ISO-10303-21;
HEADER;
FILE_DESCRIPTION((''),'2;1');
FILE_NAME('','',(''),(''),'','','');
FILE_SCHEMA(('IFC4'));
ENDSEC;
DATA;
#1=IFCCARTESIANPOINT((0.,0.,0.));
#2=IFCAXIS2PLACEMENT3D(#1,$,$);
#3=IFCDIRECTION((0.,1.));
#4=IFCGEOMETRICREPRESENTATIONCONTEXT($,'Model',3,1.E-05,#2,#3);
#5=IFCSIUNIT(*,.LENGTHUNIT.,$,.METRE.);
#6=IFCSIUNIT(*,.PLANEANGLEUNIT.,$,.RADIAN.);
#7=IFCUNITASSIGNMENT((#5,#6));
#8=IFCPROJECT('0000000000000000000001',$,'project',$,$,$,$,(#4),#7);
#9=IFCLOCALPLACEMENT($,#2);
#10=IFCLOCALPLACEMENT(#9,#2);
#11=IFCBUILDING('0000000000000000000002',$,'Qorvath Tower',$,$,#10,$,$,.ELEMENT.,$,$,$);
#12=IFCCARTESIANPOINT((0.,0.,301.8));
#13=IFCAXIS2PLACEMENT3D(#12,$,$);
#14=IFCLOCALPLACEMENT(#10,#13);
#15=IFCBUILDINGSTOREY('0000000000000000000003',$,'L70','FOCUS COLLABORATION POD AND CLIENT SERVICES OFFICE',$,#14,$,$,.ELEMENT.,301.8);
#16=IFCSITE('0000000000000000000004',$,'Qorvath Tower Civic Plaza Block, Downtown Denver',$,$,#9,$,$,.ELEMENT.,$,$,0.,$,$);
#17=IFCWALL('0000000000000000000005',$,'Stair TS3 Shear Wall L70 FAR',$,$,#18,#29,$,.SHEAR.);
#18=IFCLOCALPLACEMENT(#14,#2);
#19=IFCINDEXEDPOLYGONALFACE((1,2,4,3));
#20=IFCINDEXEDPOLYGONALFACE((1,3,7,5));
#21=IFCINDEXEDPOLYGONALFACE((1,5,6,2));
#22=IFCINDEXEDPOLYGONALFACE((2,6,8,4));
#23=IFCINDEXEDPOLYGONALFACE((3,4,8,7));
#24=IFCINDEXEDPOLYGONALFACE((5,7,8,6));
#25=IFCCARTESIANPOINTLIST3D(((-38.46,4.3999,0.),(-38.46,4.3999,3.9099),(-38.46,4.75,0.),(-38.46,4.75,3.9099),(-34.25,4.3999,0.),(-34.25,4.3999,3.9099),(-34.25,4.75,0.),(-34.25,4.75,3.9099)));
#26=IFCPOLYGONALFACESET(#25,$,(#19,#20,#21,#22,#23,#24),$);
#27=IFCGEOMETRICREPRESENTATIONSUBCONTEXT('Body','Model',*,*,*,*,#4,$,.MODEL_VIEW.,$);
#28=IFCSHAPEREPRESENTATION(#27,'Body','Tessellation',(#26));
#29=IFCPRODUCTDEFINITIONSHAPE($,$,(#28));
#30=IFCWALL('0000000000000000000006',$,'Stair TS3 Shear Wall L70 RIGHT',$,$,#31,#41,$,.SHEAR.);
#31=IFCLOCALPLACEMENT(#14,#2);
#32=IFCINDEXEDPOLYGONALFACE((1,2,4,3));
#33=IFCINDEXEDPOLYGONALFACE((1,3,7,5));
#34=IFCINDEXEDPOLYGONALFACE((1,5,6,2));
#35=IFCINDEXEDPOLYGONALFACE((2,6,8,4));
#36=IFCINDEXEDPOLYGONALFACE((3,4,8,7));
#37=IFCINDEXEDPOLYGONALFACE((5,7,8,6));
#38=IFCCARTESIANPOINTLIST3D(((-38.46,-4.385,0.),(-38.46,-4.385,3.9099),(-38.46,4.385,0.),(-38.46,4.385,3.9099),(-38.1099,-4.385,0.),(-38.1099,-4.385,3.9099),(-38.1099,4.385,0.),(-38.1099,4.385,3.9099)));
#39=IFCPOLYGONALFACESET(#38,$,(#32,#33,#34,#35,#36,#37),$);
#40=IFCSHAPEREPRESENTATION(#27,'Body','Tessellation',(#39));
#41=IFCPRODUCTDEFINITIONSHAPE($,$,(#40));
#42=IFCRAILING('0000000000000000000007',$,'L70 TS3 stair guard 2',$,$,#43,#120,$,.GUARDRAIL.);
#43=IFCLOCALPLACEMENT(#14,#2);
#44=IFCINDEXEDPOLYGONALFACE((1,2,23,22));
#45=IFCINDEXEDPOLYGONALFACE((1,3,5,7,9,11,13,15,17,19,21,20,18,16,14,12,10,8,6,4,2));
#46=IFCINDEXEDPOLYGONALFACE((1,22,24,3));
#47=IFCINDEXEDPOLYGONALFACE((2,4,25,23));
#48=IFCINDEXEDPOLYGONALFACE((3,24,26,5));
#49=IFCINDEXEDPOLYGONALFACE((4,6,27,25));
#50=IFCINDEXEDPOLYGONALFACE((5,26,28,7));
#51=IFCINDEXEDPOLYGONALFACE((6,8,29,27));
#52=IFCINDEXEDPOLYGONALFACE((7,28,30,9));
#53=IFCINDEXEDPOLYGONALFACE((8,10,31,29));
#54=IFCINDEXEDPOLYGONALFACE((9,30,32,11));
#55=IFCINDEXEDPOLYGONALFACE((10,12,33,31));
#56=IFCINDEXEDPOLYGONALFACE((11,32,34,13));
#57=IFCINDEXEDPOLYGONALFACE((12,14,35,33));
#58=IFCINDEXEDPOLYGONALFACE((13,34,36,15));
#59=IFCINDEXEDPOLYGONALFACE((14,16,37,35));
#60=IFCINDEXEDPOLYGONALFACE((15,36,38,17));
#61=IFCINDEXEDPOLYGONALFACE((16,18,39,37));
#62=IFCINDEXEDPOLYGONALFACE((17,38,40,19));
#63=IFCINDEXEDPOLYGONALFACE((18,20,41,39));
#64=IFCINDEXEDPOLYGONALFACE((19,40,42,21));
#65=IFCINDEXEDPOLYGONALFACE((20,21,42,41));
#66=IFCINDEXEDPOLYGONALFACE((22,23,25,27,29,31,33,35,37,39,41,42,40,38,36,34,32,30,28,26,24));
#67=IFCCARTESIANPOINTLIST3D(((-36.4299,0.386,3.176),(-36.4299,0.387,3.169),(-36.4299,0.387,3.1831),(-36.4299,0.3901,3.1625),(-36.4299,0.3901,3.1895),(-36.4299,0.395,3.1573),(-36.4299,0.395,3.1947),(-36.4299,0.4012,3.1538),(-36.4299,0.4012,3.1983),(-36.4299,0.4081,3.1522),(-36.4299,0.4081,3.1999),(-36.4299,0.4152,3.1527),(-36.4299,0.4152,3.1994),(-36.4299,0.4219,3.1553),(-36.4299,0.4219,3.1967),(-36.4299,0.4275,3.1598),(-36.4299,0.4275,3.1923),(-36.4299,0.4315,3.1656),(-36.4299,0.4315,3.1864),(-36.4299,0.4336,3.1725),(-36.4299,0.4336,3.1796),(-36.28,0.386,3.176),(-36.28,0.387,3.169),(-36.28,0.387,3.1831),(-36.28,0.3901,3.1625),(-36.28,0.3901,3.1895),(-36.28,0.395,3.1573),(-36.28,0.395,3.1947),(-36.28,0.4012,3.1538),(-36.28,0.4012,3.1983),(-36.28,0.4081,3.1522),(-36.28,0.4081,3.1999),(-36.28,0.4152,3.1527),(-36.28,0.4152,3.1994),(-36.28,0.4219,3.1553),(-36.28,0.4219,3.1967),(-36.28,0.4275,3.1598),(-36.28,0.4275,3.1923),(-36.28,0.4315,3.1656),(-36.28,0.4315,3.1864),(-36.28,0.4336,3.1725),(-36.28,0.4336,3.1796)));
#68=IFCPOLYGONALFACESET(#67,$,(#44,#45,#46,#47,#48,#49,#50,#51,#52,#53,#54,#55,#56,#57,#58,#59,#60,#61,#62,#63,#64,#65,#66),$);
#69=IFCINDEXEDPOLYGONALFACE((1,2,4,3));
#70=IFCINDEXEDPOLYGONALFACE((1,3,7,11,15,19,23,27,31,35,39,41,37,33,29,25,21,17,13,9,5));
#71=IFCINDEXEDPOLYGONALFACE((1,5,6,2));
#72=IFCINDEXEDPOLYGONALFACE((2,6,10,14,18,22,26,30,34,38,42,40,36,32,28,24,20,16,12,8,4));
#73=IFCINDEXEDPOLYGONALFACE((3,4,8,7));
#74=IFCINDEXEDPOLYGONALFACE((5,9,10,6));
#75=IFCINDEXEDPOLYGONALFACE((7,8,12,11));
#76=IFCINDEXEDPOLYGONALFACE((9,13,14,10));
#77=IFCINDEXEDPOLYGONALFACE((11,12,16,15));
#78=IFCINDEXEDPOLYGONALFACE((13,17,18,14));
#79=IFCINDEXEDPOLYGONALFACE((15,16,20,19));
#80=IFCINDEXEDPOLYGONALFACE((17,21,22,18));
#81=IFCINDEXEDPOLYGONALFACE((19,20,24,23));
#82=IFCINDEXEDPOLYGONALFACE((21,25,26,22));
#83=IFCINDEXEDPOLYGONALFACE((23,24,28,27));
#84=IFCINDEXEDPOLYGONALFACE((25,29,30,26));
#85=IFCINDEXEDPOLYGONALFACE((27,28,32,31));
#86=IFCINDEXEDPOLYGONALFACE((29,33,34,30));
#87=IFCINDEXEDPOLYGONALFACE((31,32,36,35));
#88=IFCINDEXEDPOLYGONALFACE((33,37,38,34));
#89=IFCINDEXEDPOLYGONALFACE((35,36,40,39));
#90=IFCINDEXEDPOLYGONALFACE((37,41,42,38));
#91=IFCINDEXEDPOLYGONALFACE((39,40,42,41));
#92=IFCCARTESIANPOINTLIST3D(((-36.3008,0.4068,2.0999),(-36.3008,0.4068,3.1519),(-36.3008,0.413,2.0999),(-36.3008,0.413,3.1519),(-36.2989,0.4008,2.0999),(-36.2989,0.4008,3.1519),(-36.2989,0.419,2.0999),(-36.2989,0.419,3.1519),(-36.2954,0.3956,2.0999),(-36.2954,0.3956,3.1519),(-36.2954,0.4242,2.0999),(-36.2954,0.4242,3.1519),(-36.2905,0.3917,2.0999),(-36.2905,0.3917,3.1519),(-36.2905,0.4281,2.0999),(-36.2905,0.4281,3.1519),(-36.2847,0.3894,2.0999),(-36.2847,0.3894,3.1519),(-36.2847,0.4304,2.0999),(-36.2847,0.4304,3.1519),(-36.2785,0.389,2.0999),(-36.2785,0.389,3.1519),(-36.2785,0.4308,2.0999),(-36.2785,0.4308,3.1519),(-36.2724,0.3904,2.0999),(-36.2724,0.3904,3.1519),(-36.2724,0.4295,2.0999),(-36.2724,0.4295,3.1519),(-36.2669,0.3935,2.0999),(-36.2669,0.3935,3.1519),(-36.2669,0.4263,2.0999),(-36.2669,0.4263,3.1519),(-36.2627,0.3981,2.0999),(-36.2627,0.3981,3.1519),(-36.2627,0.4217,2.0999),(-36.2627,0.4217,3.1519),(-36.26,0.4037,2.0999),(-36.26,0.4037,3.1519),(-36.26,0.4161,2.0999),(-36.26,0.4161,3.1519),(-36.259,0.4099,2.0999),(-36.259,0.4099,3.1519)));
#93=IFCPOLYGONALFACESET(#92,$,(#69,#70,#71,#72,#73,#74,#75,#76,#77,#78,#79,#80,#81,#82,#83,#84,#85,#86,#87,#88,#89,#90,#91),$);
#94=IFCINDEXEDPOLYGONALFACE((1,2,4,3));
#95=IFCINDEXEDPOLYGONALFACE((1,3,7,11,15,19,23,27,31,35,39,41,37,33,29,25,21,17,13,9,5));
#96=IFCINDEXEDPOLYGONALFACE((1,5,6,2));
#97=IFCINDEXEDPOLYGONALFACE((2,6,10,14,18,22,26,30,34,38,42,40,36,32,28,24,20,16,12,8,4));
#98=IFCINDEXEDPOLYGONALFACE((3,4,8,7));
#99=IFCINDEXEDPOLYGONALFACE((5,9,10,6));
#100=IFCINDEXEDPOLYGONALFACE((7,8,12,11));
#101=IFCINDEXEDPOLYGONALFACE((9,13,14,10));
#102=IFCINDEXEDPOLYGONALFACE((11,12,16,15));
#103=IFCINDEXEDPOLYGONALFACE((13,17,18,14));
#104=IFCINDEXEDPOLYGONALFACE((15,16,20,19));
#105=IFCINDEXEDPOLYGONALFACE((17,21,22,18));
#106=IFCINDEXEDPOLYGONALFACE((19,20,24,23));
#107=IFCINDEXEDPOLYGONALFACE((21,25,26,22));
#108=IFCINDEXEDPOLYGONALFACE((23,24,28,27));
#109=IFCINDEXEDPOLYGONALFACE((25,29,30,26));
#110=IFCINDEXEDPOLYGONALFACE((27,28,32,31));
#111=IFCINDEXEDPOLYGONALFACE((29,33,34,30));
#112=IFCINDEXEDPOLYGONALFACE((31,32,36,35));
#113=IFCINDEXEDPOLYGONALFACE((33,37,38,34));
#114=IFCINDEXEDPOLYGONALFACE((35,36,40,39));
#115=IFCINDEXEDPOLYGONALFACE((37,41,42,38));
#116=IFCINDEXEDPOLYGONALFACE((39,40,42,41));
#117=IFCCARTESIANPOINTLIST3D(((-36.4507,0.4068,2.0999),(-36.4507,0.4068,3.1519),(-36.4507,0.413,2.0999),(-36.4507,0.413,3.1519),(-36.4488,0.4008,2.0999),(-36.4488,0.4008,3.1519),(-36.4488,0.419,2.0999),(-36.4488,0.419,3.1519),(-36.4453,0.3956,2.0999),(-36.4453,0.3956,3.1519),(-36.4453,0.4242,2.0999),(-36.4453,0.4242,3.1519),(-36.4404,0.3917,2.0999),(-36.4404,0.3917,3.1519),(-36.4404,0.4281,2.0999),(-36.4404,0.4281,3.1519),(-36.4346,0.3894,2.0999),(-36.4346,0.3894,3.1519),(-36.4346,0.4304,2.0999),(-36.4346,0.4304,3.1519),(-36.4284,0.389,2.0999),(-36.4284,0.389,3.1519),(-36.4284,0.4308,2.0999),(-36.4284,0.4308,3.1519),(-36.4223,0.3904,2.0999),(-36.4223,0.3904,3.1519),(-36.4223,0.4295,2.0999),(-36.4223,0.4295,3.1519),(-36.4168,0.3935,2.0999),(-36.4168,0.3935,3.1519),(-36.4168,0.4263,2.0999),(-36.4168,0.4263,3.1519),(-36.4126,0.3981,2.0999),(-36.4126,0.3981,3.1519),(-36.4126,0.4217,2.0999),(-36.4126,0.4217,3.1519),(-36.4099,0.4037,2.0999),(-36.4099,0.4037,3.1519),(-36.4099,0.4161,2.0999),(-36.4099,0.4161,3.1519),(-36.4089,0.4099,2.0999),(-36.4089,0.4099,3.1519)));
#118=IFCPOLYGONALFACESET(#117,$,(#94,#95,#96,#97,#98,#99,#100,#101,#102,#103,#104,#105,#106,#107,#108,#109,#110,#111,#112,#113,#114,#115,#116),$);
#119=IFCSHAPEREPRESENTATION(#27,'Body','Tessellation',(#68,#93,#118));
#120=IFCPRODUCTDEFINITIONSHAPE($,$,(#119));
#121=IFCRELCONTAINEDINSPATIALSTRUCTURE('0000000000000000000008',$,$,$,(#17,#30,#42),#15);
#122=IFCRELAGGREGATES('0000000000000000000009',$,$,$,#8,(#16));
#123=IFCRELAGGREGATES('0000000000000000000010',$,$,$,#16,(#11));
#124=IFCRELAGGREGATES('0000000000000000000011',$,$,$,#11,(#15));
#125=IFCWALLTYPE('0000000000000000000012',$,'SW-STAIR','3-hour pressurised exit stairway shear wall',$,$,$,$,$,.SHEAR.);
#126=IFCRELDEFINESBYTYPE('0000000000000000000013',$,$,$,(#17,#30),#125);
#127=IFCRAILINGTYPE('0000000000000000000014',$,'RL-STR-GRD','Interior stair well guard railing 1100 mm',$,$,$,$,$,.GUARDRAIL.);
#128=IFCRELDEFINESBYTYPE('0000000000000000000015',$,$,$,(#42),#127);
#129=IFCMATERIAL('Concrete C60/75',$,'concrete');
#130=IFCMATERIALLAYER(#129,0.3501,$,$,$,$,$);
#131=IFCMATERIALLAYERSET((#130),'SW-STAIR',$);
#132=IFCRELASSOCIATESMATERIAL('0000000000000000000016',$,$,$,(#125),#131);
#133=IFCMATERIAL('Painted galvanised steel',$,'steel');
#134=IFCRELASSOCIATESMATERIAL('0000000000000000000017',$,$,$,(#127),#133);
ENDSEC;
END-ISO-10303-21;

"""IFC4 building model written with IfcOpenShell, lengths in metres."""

from ifc_helpers import new_model, si_unit, direction, frame, frame_2d, origin, origin_2d, place, context, subcontext, project, spatial, rectangle, circle, extrude, material, layer, layer_set, type_object, element, save


model = new_model("IFC4")

# Units and contexts
model_context = context("Model", 3, precision=1e-05, world=origin(), true_north=direction((0.0, 1.0)))
body_context = subcontext(model_context, "Body", "Model", "MODEL_VIEW")
ifc_project = project(units=[si_unit("LENGTHUNIT", "METRE"), si_unit("PLANEANGLEUNIT", "RADIAN")], contexts=[model_context])

# Site, building, storey
site_placement = place(None, origin())
site = spatial("IfcSite", under=ifc_project, at=site_placement, Name="Qorvath Tower Civic Plaza Block, Downtown Denver", CompositionType="ELEMENT", RefElevation=0.0)
building_placement = place(site_placement, origin())
building = spatial("IfcBuilding", under=site, at=building_placement, Name="Qorvath Tower", CompositionType="ELEMENT")
storey_placement = place(building_placement, frame((0.0, 0.0, 301.8)))
storey = spatial("IfcBuildingStorey", under=building, at=storey_placement, Name="L70", Description="FOCUS COLLABORATION POD AND CLIENT SERVICES OFFICE", CompositionType="ELEMENT", Elevation=301.8)

# Walls
ifc_material_1 = material(Name="Concrete C60/75", Category="concrete")
ifc_layer_1 = layer(ifc_material_1, 0.3501)
ifc_layer_set_1 = layer_set([ifc_layer_1], Name="SW-STAIR")
wall_type_1 = type_object("IfcWallType", Name="SW-STAIR", Description="3-hour pressurised exit stairway shear wall", PredefinedType="SHEAR", material=ifc_layer_set_1)
wall_1_placement = place(storey_placement, frame((-34.25, 4.575, 0.0), z_axis=(0.0, 0.0, 1.0), x_axis=(-1.0, 0.0, 0.0)))
element("IfcWall", 1, at=wall_1_placement, inside=storey, type_object=wall_type_1, Name="Stair TS3 Shear Wall L70 FAR", PredefinedType="SHEAR", context=body_context, shape_type="SweptSolid", body=[
    extrude(rectangle(XDim=4.21, YDim=0.3501, at=frame_2d((2.105, 0.0))), origin(), (0.0, 0.0, 1.0), 3.9099),
])
wall_2_placement = place(storey_placement, frame((-38.2849, 4.385, 0.0), z_axis=(0.0, 0.0, 1.0), x_axis=(0.0, -1.0, 0.0)))
element("IfcWall", 2, at=wall_2_placement, inside=storey, type_object=wall_type_1, Name="Stair TS3 Shear Wall L70 RIGHT", PredefinedType="SHEAR", context=body_context, shape_type="SweptSolid", body=[
    extrude(rectangle(XDim=8.77, YDim=0.3501, at=frame_2d((4.385, 0.0))), origin(), (0.0, 0.0, 1.0), 3.9099),
])

# Railing
ifc_material_2 = material(Name="Painted galvanised steel", Category="steel")
railing_type = type_object("IfcRailingType", Name="RL-STR-GRD", Description="Interior stair well guard railing 1100 mm", PredefinedType="GUARDRAIL", material=ifc_material_2)
railing_1_placement = place(storey_placement, frame((-36.28, 0.4099, 2.0999)))
element("IfcRailing", 3, at=railing_1_placement, inside=storey, type_object=railing_type, Name="L70 TS3 stair guard 2", PredefinedType="GUARDRAIL", context=body_context, shape_type="SweptSolid", body=[
    extrude(circle(Radius=0.0239, at=origin_2d()), frame((0.0, 0.0, 1.0762), z_axis=(-1.0, 0.0, 0.0), x_axis=(0.0, -1.0, 0.0)), (0.0, 0.0, 1.0), 0.1499),
    extrude(circle(Radius=0.021, at=origin_2d()), origin(), (0.0, 0.0, 1.0), 1.052),
    extrude(circle(Radius=0.021, at=origin_2d()), frame((-0.1499, 0.0, 0.0)), (0.0, 0.0, 1.0), 1.052),
])

save(model, "model.ifc")
